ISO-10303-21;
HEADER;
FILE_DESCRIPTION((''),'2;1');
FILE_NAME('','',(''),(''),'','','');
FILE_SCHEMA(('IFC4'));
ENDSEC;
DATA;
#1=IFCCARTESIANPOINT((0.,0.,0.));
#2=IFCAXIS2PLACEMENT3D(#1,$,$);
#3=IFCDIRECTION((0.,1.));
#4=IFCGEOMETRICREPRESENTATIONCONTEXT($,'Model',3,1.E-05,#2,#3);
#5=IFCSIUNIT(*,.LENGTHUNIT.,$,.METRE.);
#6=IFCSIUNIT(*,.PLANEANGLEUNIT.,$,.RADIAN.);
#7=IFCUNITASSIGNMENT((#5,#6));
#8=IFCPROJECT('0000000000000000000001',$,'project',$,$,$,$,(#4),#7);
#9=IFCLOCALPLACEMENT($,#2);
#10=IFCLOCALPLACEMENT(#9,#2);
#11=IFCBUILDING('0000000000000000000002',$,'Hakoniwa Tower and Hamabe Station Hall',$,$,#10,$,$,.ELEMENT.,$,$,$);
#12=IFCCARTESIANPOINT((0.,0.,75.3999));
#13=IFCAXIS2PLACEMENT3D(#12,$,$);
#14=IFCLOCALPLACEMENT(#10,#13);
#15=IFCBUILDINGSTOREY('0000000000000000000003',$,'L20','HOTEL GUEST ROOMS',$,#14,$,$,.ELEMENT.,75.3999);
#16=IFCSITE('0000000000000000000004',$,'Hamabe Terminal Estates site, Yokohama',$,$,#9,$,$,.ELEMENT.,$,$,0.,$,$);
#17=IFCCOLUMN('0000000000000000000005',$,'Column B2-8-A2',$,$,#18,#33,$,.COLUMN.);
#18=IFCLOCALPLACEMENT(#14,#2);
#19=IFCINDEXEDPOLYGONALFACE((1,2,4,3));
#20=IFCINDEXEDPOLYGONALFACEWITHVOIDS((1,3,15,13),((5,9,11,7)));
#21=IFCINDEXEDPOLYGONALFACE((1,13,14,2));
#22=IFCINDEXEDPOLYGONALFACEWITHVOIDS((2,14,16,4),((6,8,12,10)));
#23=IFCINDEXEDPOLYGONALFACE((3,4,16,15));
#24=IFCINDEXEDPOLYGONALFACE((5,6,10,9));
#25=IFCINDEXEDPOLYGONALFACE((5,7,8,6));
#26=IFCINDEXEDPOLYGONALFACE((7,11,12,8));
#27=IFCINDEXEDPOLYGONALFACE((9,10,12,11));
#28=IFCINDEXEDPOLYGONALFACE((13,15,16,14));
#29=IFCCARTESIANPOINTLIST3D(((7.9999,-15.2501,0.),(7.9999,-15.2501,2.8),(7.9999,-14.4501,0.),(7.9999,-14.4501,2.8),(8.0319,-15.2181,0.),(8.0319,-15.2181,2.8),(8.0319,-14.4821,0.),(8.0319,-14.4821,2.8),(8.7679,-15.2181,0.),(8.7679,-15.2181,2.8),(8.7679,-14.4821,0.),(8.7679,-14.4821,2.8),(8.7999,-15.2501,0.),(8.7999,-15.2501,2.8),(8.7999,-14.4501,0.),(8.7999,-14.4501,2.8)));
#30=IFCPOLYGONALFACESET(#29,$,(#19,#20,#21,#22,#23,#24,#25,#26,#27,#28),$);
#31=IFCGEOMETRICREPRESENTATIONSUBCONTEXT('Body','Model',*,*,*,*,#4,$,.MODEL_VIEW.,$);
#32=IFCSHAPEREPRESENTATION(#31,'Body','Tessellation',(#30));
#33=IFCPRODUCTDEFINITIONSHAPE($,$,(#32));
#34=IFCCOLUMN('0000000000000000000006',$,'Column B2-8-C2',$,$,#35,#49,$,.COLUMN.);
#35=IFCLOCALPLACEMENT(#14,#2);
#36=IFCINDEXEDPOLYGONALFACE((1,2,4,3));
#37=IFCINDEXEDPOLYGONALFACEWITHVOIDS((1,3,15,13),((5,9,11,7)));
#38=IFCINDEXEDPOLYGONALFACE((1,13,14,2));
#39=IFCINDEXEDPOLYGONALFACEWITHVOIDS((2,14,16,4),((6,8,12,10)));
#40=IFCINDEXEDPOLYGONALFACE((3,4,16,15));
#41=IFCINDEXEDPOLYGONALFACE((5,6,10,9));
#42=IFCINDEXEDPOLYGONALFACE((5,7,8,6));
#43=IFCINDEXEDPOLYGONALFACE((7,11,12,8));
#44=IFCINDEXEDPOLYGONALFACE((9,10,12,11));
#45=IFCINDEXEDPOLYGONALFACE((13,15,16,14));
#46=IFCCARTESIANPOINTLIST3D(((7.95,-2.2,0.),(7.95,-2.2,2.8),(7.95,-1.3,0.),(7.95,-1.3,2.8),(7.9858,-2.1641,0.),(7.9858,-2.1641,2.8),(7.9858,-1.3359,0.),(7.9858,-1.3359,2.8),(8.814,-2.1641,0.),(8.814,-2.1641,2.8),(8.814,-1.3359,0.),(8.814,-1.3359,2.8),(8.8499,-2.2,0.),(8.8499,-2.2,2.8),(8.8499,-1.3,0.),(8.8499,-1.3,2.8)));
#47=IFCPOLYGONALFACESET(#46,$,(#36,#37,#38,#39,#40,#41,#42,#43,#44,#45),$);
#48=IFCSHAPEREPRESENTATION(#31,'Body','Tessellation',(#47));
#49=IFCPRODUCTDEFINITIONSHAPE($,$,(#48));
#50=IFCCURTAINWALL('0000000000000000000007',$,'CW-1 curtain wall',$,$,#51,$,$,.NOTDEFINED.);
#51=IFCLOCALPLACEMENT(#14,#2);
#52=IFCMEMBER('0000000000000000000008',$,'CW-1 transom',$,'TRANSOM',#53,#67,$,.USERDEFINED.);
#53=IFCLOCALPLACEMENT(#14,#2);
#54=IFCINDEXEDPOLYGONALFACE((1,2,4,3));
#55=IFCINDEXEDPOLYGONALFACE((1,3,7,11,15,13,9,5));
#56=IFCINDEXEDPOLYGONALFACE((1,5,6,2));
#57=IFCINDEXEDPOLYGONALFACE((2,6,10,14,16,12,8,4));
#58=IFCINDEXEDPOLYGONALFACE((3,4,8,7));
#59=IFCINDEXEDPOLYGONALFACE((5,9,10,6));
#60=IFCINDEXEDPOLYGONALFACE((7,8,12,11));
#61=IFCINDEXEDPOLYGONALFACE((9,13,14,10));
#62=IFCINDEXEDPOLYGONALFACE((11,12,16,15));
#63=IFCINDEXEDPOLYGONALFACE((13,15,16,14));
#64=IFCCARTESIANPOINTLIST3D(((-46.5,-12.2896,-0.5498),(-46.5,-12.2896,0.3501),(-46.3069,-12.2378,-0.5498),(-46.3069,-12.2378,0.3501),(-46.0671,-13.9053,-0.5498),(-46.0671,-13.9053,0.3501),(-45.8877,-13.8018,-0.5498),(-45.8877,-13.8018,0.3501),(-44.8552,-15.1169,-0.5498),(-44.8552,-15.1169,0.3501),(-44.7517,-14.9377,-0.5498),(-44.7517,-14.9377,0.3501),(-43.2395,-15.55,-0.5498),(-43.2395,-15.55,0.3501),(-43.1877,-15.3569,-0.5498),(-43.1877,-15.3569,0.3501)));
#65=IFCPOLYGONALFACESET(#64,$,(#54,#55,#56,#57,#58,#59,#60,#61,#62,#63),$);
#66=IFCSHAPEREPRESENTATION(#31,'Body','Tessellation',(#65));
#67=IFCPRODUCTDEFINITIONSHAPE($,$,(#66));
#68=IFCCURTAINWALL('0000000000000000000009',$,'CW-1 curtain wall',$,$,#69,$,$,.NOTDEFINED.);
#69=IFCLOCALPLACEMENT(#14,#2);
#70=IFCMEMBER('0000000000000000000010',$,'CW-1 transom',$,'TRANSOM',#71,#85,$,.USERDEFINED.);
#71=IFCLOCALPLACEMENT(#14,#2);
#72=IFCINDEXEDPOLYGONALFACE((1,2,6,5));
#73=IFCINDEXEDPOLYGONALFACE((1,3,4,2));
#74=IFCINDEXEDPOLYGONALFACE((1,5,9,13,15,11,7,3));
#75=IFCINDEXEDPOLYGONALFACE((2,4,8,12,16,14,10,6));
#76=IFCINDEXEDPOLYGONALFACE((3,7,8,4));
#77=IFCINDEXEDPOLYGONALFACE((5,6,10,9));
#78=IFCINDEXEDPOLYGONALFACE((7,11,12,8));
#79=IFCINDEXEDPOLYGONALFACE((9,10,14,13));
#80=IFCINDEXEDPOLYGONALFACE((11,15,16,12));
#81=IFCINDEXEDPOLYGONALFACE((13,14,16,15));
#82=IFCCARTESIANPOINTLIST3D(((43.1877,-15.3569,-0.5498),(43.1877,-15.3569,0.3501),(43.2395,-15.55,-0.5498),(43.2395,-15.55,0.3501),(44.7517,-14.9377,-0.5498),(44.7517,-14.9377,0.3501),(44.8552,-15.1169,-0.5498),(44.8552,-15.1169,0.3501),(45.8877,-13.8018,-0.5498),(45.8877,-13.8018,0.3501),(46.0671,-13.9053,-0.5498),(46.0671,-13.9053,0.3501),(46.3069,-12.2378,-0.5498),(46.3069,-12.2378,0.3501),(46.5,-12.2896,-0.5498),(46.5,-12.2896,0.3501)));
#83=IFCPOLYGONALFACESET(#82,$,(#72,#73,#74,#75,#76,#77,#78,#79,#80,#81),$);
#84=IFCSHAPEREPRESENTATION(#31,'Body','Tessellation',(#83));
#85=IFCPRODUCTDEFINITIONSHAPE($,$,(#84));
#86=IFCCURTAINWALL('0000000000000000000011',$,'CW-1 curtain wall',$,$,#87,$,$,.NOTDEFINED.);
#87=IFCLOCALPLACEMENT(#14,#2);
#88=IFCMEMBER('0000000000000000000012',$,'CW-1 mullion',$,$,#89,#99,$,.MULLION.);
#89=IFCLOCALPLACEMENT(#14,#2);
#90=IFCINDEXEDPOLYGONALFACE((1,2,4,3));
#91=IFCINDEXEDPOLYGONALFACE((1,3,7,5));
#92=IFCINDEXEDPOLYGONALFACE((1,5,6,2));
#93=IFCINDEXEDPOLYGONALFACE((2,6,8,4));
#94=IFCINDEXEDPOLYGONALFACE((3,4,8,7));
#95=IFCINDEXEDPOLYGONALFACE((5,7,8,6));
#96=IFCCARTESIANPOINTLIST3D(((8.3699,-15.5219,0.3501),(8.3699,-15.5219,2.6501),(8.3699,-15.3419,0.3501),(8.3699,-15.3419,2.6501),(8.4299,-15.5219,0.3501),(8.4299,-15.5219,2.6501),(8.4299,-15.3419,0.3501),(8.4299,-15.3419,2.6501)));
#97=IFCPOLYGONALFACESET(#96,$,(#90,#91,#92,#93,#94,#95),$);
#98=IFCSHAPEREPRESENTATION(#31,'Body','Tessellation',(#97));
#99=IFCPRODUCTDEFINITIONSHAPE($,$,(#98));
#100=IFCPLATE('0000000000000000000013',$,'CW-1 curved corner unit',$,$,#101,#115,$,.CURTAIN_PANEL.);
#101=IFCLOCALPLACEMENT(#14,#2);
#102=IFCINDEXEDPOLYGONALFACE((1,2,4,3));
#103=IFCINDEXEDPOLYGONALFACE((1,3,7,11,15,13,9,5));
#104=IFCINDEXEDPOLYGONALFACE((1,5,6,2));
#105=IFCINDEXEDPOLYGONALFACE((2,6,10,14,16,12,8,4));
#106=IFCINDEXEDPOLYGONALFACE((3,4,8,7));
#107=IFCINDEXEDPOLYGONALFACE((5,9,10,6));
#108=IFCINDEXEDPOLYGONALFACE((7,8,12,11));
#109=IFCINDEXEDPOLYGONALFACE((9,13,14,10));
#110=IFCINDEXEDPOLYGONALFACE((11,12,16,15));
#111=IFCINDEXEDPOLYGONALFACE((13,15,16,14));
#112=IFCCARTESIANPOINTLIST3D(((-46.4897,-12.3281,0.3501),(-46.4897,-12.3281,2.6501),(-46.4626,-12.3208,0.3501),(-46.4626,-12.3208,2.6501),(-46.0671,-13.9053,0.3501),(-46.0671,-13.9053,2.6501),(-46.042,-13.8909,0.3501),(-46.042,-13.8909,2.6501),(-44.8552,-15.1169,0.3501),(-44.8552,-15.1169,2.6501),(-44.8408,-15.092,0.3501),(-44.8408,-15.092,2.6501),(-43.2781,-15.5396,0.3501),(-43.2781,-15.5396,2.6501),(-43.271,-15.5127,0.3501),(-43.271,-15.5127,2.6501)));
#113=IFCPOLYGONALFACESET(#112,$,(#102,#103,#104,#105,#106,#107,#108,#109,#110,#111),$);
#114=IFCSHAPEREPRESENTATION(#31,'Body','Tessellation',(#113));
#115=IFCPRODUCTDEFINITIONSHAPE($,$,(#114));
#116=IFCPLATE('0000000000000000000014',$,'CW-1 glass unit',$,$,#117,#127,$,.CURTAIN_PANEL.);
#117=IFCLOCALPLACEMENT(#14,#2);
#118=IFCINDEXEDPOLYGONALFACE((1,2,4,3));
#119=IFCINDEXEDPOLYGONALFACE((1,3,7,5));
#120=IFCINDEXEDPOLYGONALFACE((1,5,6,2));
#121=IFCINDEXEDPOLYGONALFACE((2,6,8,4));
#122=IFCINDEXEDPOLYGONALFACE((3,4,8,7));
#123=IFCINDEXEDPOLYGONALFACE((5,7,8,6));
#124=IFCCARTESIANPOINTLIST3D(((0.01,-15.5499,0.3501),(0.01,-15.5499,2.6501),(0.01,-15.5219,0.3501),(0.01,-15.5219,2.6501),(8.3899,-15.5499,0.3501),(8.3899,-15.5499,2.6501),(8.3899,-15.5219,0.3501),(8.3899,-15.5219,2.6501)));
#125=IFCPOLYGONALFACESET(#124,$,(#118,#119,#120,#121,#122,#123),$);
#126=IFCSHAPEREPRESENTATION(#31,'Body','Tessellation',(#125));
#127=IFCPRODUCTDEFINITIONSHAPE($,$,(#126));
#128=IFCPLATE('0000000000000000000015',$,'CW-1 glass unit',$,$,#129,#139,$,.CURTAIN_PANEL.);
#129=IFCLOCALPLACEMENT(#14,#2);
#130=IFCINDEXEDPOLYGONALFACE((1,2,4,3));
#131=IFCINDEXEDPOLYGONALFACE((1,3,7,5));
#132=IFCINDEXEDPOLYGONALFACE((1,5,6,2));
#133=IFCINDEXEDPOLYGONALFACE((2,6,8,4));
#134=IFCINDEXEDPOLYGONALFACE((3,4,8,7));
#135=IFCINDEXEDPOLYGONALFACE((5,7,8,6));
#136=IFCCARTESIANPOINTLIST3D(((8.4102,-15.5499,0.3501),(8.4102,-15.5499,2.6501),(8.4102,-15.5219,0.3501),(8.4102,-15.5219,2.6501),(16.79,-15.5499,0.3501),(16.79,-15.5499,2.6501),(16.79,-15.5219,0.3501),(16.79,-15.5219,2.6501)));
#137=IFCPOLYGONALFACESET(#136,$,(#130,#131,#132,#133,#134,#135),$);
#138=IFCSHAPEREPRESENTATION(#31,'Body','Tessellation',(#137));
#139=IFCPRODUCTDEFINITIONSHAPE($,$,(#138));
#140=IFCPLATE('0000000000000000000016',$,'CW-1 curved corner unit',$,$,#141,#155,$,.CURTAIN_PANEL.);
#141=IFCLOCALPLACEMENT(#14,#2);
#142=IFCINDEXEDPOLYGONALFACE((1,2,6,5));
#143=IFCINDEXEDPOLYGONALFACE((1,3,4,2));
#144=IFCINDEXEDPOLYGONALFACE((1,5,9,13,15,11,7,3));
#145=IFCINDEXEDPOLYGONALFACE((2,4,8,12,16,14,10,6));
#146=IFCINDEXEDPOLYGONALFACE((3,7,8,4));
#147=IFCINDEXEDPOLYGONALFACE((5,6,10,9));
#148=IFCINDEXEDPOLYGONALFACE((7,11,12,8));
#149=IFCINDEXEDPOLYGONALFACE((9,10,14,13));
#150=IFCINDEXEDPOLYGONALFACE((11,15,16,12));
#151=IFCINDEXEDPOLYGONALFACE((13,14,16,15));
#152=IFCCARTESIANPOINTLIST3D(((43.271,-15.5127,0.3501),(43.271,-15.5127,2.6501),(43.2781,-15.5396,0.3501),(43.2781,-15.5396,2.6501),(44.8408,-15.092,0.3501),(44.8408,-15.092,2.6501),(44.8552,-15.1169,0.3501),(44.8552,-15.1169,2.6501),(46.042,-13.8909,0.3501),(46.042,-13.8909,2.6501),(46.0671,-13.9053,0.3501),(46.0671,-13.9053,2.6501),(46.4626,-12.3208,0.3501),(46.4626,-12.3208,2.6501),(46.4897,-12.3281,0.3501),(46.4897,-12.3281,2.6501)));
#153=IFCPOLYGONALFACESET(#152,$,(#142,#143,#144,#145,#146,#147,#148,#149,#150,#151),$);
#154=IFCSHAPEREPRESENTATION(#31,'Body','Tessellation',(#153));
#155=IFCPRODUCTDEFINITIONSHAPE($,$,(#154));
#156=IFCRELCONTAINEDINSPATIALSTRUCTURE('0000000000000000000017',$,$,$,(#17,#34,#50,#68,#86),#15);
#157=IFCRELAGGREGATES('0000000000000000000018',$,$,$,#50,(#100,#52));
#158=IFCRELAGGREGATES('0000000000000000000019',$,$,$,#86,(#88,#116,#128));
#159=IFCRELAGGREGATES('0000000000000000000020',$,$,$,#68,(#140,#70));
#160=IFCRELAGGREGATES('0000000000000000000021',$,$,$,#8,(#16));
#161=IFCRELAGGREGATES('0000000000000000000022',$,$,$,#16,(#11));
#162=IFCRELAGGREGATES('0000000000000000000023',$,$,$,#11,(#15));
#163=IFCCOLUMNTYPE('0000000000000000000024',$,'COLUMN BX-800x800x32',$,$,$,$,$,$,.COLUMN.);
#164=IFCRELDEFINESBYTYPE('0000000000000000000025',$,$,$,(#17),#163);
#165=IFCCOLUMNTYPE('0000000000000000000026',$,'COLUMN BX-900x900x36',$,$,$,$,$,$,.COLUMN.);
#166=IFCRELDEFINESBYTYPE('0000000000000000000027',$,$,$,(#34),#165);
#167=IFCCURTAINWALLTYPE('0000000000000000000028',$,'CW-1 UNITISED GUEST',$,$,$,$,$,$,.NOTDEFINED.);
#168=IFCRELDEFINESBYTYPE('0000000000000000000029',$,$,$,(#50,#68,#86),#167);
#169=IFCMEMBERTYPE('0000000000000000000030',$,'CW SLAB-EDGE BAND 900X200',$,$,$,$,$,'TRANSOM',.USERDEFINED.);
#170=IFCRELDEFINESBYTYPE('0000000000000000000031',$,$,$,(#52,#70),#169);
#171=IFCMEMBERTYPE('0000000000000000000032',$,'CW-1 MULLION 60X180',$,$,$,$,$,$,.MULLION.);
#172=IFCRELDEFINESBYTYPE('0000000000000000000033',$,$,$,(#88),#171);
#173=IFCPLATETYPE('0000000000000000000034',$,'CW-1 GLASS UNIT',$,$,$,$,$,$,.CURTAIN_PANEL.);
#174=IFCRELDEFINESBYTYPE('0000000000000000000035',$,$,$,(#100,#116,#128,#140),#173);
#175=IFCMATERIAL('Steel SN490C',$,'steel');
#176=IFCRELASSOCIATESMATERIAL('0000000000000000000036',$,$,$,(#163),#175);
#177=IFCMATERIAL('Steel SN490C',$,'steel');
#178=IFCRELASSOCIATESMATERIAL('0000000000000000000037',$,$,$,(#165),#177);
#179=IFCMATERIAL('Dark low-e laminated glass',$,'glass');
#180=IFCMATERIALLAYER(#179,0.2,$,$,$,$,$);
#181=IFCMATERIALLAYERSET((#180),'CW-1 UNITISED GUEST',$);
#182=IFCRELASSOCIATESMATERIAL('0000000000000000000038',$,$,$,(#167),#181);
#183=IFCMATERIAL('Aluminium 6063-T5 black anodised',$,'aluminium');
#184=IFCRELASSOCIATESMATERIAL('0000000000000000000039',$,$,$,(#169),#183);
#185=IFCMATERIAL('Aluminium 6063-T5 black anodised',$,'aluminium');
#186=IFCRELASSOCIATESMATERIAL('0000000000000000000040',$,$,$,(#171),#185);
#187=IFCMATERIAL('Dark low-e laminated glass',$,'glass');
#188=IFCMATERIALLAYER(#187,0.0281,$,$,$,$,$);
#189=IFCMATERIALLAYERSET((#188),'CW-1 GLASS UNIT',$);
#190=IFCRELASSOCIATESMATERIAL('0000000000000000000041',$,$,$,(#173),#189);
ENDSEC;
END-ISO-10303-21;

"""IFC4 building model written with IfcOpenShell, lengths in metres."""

from ifc_helpers import new_model, si_unit, direction, frame, origin, origin_2d, place, context, subcontext, project, spatial, polyline, rectangle, hollow_rectangle, outline, extrude, material, layer, layer_set, material_profile, profile_set, type_object, element, aggregate, save


model = new_model("IFC4")

# Units and contexts
model_context = context("Model", 3, precision=1e-05, world=origin(), true_north=direction((0.0, 1.0)))
body_context = subcontext(model_context, "Body", "Model", "MODEL_VIEW")
ifc_project = project(units=[si_unit("LENGTHUNIT", "METRE"), si_unit("PLANEANGLEUNIT", "RADIAN")], contexts=[model_context])

# Site, building, storey
site_placement = place(None, origin())
site = spatial("IfcSite", under=ifc_project, at=site_placement, Name="Hamabe Terminal Estates site, Yokohama", CompositionType="ELEMENT", RefElevation=0.0)
building_placement = place(site_placement, origin())
building = spatial("IfcBuilding", under=site, at=building_placement, Name="Hakoniwa Tower and Hamabe Station Hall", CompositionType="ELEMENT")
storey_placement = place(building_placement, frame((0.0, 0.0, 75.3999)))
storey = spatial("IfcBuildingStorey", under=building, at=storey_placement, Name="L20", Description="HOTEL GUEST ROOMS", CompositionType="ELEMENT", Elevation=75.3999)

# Columns
ifc_material_1 = material(Name="Steel SN490C", Category="steel")
ifc_material_profile_1 = material_profile(ifc_material_1, hollow_rectangle(XDim=0.8, YDim=0.8, WallThickness=0.032, at=origin_2d()), Name="BX-800x800x32")
ifc_profile_set_1 = profile_set([ifc_material_profile_1], Name="Steel SN490C")
column_type_1 = type_object("IfcColumnType", Name="COLUMN BX-800x800x32", PredefinedType="COLUMN", material=ifc_profile_set_1)
column_1_placement = place(storey_placement, frame((8.3999, -14.8501, 0.0), z_axis=(0.0, 0.0, 1.0), x_axis=(1.0, 0.0, 0.0)))
element("IfcColumn", 1, at=column_1_placement, inside=storey, type_object=column_type_1, Name="Column B2-8-A2", PredefinedType="COLUMN", context=body_context, shape_type="SweptSolid", body=[
    extrude(hollow_rectangle(XDim=0.8, YDim=0.8, WallThickness=0.032, at=origin_2d()), origin(), (0.0, 0.0, 1.0), 2.8),
])
ifc_material_2 = material(Name="Steel SN490C", Category="steel")
ifc_material_profile_2 = material_profile(ifc_material_2, hollow_rectangle(XDim=0.8999, YDim=0.8999, WallThickness=0.0359, at=origin_2d()), Name="BX-900x900x36")
ifc_profile_set_2 = profile_set([ifc_material_profile_2], Name="Steel SN490C")
column_type_2 = type_object("IfcColumnType", Name="COLUMN BX-900x900x36", PredefinedType="COLUMN", material=ifc_profile_set_2)
column_2_placement = place(storey_placement, frame((8.3999, -1.75, 0.0), z_axis=(0.0, 0.0, 1.0), x_axis=(1.0, 0.0, 0.0)))
element("IfcColumn", 2, at=column_2_placement, inside=storey, type_object=column_type_2, Name="Column B2-8-C2", PredefinedType="COLUMN", context=body_context, shape_type="SweptSolid", body=[
    extrude(hollow_rectangle(XDim=0.8999, YDim=0.8999, WallThickness=0.0359, at=origin_2d()), origin(), (0.0, 0.0, 1.0), 2.8),
])

# Curtain walls, members
ifc_material_3 = material(Name="Dark low-e laminated glass", Category="glass")
ifc_layer_1 = layer(ifc_material_3, 0.2)
ifc_layer_set_1 = layer_set([ifc_layer_1], Name="CW-1 UNITISED GUEST")
curtain_wall_type = type_object("IfcCurtainWallType", Name="CW-1 UNITISED GUEST", PredefinedType="NOTDEFINED", material=ifc_layer_set_1)
curtain_wall_1_placement = place(storey_placement, origin())
curtain_wall_1 = element("IfcCurtainWall", 3, at=curtain_wall_1_placement, inside=storey, type_object=curtain_wall_type, Name="CW-1 curtain wall", PredefinedType="NOTDEFINED")
ifc_material_4 = material(Name="Aluminium 6063-T5 black anodised", Category="aluminium")
ifc_material_profile_3 = material_profile(ifc_material_4, rectangle(XDim=0.2, YDim=0.8999, at=origin_2d()), Name="CW SLAB-EDGE BAND 900X200")
ifc_profile_set_3 = profile_set([ifc_material_profile_3], Name="Aluminium 6063-T5 black anodised")
member_type_1 = type_object("IfcMemberType", Name="CW SLAB-EDGE BAND 900X200", ElementType="TRANSOM", PredefinedType="USERDEFINED", material=ifc_profile_set_3)
member_1_placement = place(storey_placement, frame((0.0, 0.0, -0.5498)))
member_1 = element("IfcMember", 4, at=member_1_placement, type_object=member_type_1, Name="CW-1 transom", ObjectType="TRANSOM", PredefinedType="USERDEFINED", context=body_context, shape_type="SweptSolid", body=[
    extrude(outline(polyline([(-46.5, -12.2896), (-46.0671, -13.9053), (-44.8552, -15.1169), (-43.2395, -15.55), (-43.1877, -15.3569), (-44.7517, -14.9377), (-45.8877, -13.8018), (-46.3069, -12.2378), (-46.5, -12.2896)])), origin(), (0.0, 0.0, 1.0), 0.8999),
])
curtain_wall_2_placement = place(storey_placement, origin())
curtain_wall_2 = element("IfcCurtainWall", 5, at=curtain_wall_2_placement, inside=storey, type_object=curtain_wall_type, Name="CW-1 curtain wall", PredefinedType="NOTDEFINED")
member_2_placement = place(storey_placement, frame((0.0, 0.0, -0.5498)))
member_2 = element("IfcMember", 6, at=member_2_placement, type_object=member_type_1, Name="CW-1 transom", ObjectType="TRANSOM", PredefinedType="USERDEFINED", context=body_context, shape_type="SweptSolid", body=[
    extrude(outline(polyline([(43.2395, -15.55), (44.8552, -15.1169), (46.0671, -13.9053), (46.5, -12.2896), (46.3069, -12.2378), (45.8877, -13.8018), (44.7517, -14.9377), (43.1877, -15.3569), (43.2395, -15.55)])), origin(), (0.0, 0.0, 1.0), 0.8999),
])
curtain_wall_3_placement = place(storey_placement, origin())
curtain_wall_3 = element("IfcCurtainWall", 7, at=curtain_wall_3_placement, inside=storey, type_object=curtain_wall_type, Name="CW-1 curtain wall", PredefinedType="NOTDEFINED")
ifc_material_5 = material(Name="Aluminium 6063-T5 black anodised", Category="aluminium")
ifc_material_profile_4 = material_profile(ifc_material_5, rectangle(XDim=0.0601, YDim=0.1799, at=origin_2d()), Name="CW-1 MULLION 60X180")
ifc_profile_set_4 = profile_set([ifc_material_profile_4], Name="Aluminium 6063-T5 black anodised")
member_type_2 = type_object("IfcMemberType", Name="CW-1 MULLION 60X180", PredefinedType="MULLION", material=ifc_profile_set_4)
member_3_placement = place(storey_placement, frame((8.3999, -15.4319, 0.3501), z_axis=(0.0, 0.0, 1.0), x_axis=(1.0, 0.0, 0.0)))
member_3 = element("IfcMember", 8, at=member_3_placement, type_object=member_type_2, Name="CW-1 mullion", PredefinedType="MULLION", context=body_context, shape_type="SweptSolid", body=[
    extrude(rectangle(XDim=0.0601, YDim=0.1799, at=origin_2d()), origin(), (0.0, 0.0, 1.0), 2.3),
])

# Plates
ifc_material_6 = material(Name="Dark low-e laminated glass", Category="glass")
ifc_layer_2 = layer(ifc_material_6, 0.0281)
ifc_layer_set_2 = layer_set([ifc_layer_2], Name="CW-1 GLASS UNIT")
plate_type = type_object("IfcPlateType", Name="CW-1 GLASS UNIT", PredefinedType="CURTAIN_PANEL", material=ifc_layer_set_2)
plate_1_placement = place(storey_placement, frame((0.0, 0.0, 0.3501)))
plate_1 = element("IfcPlate", 9, at=plate_1_placement, type_object=plate_type, Name="CW-1 curved corner unit", PredefinedType="CURTAIN_PANEL", context=body_context, shape_type="SweptSolid", body=[
    extrude(outline(polyline([(-46.4897, -12.3281), (-46.0671, -13.9053), (-44.8552, -15.1169), (-43.2781, -15.5396), (-43.271, -15.5127), (-44.8408, -15.092), (-46.042, -13.8909), (-46.4626, -12.3208), (-46.4897, -12.3281)])), origin(), (0.0, 0.0, 1.0), 2.3),
])
aggregate(curtain_wall_1, [plate_1, member_1])
plate_2_placement = place(storey_placement, frame((4.2, -15.5359, 0.3501), z_axis=(0.0, 0.0, 1.0), x_axis=(1.0, 0.0, 0.0)))
plate_2 = element("IfcPlate", 10, at=plate_2_placement, type_object=plate_type, Name="CW-1 glass unit", PredefinedType="CURTAIN_PANEL", context=body_context, shape_type="SweptSolid", body=[
    extrude(rectangle(XDim=8.3799, YDim=0.0281, at=origin_2d()), origin(), (0.0, 0.0, 1.0), 2.3),
])
plate_3_placement = place(storey_placement, frame((12.6001, -15.5359, 0.3501), z_axis=(0.0, 0.0, 1.0), x_axis=(1.0, 0.0, 0.0)))
plate_3 = element("IfcPlate", 11, at=plate_3_placement, type_object=plate_type, Name="CW-1 glass unit", PredefinedType="CURTAIN_PANEL", context=body_context, shape_type="SweptSolid", body=[
    extrude(rectangle(XDim=8.3799, YDim=0.0281, at=origin_2d()), origin(), (0.0, 0.0, 1.0), 2.3),
])
aggregate(curtain_wall_3, [member_3, plate_2, plate_3])
plate_4_placement = place(storey_placement, frame((0.0, 0.0, 0.3501)))
plate_4 = element("IfcPlate", 12, at=plate_4_placement, type_object=plate_type, Name="CW-1 curved corner unit", PredefinedType="CURTAIN_PANEL", context=body_context, shape_type="SweptSolid", body=[
    extrude(outline(polyline([(43.2781, -15.5396), (44.8552, -15.1169), (46.0671, -13.9053), (46.4897, -12.3281), (46.4626, -12.3208), (46.042, -13.8909), (44.8408, -15.092), (43.271, -15.5127), (43.2781, -15.5396)])), origin(), (0.0, 0.0, 1.0), 2.3),
])
aggregate(curtain_wall_2, [plate_4, member_2])

save(model, "model.ifc")
